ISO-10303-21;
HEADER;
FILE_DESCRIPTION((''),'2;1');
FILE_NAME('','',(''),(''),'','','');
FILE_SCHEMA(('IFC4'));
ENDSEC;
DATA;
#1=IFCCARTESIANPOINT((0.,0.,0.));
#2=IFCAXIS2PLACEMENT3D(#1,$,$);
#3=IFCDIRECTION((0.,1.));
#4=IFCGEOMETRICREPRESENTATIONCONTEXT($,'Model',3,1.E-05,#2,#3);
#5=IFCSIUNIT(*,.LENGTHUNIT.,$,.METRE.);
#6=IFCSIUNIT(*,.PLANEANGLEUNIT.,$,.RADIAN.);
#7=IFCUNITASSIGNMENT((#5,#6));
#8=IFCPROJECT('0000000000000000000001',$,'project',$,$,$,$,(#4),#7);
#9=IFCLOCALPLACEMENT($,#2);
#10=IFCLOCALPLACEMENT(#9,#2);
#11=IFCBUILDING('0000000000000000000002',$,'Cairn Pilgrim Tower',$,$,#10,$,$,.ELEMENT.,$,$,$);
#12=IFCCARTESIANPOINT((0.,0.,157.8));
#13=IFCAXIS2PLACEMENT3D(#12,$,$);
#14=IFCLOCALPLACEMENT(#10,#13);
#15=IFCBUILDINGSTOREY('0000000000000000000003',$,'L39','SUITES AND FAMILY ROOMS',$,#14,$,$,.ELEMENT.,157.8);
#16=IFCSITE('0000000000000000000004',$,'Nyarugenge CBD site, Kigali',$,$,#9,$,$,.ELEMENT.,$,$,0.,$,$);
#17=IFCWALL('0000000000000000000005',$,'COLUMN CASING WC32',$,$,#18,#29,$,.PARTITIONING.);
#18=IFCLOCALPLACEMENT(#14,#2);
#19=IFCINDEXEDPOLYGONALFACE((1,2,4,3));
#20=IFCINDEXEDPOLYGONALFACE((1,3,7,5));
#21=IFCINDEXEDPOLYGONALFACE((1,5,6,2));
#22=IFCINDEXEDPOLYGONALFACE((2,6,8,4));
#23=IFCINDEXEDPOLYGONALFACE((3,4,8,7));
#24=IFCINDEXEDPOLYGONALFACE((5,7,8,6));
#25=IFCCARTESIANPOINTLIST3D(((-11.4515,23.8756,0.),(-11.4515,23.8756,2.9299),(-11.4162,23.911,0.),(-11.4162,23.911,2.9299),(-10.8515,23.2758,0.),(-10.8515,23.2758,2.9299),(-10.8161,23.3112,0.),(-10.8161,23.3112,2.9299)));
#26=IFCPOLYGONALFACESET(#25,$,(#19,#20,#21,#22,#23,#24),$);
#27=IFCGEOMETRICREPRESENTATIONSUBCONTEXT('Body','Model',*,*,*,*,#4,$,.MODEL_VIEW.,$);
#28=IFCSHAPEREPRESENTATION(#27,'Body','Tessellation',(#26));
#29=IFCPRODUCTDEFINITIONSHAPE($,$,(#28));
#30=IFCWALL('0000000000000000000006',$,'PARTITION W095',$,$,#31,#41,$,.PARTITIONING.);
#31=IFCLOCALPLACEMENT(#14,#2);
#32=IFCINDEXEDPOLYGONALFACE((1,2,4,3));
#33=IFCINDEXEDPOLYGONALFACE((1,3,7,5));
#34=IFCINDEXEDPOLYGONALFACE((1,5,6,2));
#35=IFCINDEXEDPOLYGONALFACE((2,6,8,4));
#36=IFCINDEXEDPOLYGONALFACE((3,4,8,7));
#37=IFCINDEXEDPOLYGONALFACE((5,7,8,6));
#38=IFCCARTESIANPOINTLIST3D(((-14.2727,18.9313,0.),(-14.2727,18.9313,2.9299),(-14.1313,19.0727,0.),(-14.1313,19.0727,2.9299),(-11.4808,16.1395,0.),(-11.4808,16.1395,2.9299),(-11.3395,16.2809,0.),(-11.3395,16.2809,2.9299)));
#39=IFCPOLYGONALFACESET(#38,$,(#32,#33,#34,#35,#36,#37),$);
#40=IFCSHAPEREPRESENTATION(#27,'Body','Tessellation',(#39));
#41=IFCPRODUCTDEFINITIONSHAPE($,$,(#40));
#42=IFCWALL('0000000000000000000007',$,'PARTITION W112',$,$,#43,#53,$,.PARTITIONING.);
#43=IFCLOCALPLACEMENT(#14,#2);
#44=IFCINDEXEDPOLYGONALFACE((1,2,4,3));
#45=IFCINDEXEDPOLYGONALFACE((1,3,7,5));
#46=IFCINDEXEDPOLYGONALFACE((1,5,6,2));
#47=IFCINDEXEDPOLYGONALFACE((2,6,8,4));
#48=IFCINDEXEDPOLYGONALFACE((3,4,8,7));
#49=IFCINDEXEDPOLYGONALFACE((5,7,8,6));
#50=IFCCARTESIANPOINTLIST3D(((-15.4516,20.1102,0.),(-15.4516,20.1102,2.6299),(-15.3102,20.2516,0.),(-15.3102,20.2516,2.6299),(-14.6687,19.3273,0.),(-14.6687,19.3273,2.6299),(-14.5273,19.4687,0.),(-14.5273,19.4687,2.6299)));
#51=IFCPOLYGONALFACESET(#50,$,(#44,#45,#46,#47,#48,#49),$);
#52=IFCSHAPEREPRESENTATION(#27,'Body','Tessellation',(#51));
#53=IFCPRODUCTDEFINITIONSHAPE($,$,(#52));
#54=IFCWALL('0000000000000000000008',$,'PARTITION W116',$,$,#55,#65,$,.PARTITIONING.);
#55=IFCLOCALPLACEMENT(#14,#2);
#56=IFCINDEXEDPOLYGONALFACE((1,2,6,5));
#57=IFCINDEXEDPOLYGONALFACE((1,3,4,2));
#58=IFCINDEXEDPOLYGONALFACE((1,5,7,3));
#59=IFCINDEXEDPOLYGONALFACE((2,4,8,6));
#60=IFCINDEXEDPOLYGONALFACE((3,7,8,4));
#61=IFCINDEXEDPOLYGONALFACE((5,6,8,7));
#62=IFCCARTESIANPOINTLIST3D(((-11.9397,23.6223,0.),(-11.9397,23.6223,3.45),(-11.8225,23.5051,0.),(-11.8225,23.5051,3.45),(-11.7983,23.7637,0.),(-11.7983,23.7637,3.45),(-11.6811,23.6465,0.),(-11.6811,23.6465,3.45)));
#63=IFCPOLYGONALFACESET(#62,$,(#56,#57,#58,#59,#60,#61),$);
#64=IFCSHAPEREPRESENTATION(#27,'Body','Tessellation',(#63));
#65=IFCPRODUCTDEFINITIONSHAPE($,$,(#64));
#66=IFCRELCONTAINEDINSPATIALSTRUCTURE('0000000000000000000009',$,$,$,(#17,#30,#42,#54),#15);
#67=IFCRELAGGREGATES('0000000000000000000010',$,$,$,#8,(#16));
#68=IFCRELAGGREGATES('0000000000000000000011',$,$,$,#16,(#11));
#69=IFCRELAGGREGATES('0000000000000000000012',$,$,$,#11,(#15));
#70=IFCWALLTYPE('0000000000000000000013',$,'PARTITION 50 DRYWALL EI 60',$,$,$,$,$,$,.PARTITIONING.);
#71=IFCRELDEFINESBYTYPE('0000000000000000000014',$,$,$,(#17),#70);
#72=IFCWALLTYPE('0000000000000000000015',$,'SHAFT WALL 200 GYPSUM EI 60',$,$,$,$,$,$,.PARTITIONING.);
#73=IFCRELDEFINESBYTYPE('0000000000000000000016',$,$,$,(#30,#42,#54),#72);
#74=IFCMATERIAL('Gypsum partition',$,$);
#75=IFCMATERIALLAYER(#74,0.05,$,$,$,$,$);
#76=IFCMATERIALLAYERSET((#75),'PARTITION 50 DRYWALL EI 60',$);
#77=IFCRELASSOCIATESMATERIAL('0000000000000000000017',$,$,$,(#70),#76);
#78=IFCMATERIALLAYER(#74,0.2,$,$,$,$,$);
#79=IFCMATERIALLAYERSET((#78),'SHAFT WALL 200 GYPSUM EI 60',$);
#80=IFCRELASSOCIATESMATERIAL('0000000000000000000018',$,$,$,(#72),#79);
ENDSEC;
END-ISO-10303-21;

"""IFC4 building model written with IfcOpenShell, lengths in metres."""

from ifc_helpers import new_model, si_unit, direction, frame, frame_2d, origin, place, context, subcontext, project, spatial, rectangle, extrude, material, layer, layer_set, type_object, element, save


model = new_model("IFC4")

# Units and contexts
model_context = context("Model", 3, precision=1e-05, world=origin(), true_north=direction((0.0, 1.0)))
body_context = subcontext(model_context, "Body", "Model", "MODEL_VIEW")
ifc_project = project(units=[si_unit("LENGTHUNIT", "METRE"), si_unit("PLANEANGLEUNIT", "RADIAN")], contexts=[model_context])

# Site, building, storey
site_placement = place(None, origin())
site = spatial("IfcSite", under=ifc_project, at=site_placement, Name="Nyarugenge CBD site, Kigali", CompositionType="ELEMENT", RefElevation=0.0)
building_placement = place(site_placement, origin())
building = spatial("IfcBuilding", under=site, at=building_placement, Name="Cairn Pilgrim Tower", CompositionType="ELEMENT")
storey_placement = place(building_placement, frame((0.0, 0.0, 157.8)))
storey = spatial("IfcBuildingStorey", under=building, at=storey_placement, Name="L39", Description="SUITES AND FAMILY ROOMS", CompositionType="ELEMENT", Elevation=157.8)

# Shared definitions
ifc_material_1 = material(Name="Gypsum partition")

# Walls
ifc_layer_1 = layer(ifc_material_1, 0.05)
ifc_layer_set_1 = layer_set([ifc_layer_1], Name="PARTITION 50 DRYWALL EI 60")
wall_type_1 = type_object("IfcWallType", Name="PARTITION 50 DRYWALL EI 60", PredefinedType="PARTITIONING", material=ifc_layer_set_1)
wall_1_placement = place(storey_placement, frame((-10.8337, 23.2935, 0.0), z_axis=(0.0, 0.0, 1.0), x_axis=(-0.707251, 0.706963, 0.0)))
element("IfcWall", 1, at=wall_1_placement, inside=storey, type_object=wall_type_1, Name="COLUMN CASING WC32", PredefinedType="PARTITIONING", context=body_context, shape_type="SweptSolid", body=[
    extrude(rectangle(XDim=0.8484, YDim=0.05, at=frame_2d((0.4243, 0.0))), origin(), (0.0, 0.0, 1.0), 2.9299),
])
ifc_layer_2 = layer(ifc_material_1, 0.2)
ifc_layer_set_2 = layer_set([ifc_layer_2], Name="SHAFT WALL 200 GYPSUM EI 60")
wall_type_2 = type_object("IfcWallType", Name="SHAFT WALL 200 GYPSUM EI 60", PredefinedType="PARTITIONING", material=ifc_layer_set_2)
wall_2_placement = place(storey_placement, frame((-11.4102, 16.2102, 0.0), z_axis=(0.0, 0.0, 1.0), x_axis=(-0.707107, 0.707107, 0.0)))
element("IfcWall", 2, at=wall_2_placement, inside=storey, type_object=wall_type_2, Name="PARTITION W095", PredefinedType="PARTITIONING", context=body_context, shape_type="SweptSolid", body=[
    extrude(rectangle(XDim=3.9482, YDim=0.2, at=frame_2d((1.9741, 0.0))), origin(), (0.0, 0.0, 1.0), 2.9299),
])
wall_3_placement = place(storey_placement, frame((-14.5979, 19.3979, 0.0), z_axis=(0.0, 0.0, 1.0), x_axis=(-0.707107, 0.707107, 0.0)))
element("IfcWall", 3, at=wall_3_placement, inside=storey, type_object=wall_type_2, Name="PARTITION W112", PredefinedType="PARTITIONING", context=body_context, shape_type="SweptSolid", body=[
    extrude(rectangle(XDim=1.1072, YDim=0.2, at=frame_2d((0.5537, 0.0))), origin(), (0.0, 0.0, 1.0), 2.6299),
])
wall_4_placement = place(storey_placement, frame((-11.7517, 23.5757, 0.0), z_axis=(0.0, 0.0, 1.0), x_axis=(-0.707107, 0.707107, 0.0)))
element("IfcWall", 4, at=wall_4_placement, inside=storey, type_object=wall_type_2, Name="PARTITION W116", PredefinedType="PARTITIONING", context=body_context, shape_type="SweptSolid", body=[
    extrude(rectangle(XDim=0.1658, YDim=0.2, at=frame_2d((0.083, 0.0))), origin(), (0.0, 0.0, 1.0), 3.45),
])

save(model, "model.ifc")
